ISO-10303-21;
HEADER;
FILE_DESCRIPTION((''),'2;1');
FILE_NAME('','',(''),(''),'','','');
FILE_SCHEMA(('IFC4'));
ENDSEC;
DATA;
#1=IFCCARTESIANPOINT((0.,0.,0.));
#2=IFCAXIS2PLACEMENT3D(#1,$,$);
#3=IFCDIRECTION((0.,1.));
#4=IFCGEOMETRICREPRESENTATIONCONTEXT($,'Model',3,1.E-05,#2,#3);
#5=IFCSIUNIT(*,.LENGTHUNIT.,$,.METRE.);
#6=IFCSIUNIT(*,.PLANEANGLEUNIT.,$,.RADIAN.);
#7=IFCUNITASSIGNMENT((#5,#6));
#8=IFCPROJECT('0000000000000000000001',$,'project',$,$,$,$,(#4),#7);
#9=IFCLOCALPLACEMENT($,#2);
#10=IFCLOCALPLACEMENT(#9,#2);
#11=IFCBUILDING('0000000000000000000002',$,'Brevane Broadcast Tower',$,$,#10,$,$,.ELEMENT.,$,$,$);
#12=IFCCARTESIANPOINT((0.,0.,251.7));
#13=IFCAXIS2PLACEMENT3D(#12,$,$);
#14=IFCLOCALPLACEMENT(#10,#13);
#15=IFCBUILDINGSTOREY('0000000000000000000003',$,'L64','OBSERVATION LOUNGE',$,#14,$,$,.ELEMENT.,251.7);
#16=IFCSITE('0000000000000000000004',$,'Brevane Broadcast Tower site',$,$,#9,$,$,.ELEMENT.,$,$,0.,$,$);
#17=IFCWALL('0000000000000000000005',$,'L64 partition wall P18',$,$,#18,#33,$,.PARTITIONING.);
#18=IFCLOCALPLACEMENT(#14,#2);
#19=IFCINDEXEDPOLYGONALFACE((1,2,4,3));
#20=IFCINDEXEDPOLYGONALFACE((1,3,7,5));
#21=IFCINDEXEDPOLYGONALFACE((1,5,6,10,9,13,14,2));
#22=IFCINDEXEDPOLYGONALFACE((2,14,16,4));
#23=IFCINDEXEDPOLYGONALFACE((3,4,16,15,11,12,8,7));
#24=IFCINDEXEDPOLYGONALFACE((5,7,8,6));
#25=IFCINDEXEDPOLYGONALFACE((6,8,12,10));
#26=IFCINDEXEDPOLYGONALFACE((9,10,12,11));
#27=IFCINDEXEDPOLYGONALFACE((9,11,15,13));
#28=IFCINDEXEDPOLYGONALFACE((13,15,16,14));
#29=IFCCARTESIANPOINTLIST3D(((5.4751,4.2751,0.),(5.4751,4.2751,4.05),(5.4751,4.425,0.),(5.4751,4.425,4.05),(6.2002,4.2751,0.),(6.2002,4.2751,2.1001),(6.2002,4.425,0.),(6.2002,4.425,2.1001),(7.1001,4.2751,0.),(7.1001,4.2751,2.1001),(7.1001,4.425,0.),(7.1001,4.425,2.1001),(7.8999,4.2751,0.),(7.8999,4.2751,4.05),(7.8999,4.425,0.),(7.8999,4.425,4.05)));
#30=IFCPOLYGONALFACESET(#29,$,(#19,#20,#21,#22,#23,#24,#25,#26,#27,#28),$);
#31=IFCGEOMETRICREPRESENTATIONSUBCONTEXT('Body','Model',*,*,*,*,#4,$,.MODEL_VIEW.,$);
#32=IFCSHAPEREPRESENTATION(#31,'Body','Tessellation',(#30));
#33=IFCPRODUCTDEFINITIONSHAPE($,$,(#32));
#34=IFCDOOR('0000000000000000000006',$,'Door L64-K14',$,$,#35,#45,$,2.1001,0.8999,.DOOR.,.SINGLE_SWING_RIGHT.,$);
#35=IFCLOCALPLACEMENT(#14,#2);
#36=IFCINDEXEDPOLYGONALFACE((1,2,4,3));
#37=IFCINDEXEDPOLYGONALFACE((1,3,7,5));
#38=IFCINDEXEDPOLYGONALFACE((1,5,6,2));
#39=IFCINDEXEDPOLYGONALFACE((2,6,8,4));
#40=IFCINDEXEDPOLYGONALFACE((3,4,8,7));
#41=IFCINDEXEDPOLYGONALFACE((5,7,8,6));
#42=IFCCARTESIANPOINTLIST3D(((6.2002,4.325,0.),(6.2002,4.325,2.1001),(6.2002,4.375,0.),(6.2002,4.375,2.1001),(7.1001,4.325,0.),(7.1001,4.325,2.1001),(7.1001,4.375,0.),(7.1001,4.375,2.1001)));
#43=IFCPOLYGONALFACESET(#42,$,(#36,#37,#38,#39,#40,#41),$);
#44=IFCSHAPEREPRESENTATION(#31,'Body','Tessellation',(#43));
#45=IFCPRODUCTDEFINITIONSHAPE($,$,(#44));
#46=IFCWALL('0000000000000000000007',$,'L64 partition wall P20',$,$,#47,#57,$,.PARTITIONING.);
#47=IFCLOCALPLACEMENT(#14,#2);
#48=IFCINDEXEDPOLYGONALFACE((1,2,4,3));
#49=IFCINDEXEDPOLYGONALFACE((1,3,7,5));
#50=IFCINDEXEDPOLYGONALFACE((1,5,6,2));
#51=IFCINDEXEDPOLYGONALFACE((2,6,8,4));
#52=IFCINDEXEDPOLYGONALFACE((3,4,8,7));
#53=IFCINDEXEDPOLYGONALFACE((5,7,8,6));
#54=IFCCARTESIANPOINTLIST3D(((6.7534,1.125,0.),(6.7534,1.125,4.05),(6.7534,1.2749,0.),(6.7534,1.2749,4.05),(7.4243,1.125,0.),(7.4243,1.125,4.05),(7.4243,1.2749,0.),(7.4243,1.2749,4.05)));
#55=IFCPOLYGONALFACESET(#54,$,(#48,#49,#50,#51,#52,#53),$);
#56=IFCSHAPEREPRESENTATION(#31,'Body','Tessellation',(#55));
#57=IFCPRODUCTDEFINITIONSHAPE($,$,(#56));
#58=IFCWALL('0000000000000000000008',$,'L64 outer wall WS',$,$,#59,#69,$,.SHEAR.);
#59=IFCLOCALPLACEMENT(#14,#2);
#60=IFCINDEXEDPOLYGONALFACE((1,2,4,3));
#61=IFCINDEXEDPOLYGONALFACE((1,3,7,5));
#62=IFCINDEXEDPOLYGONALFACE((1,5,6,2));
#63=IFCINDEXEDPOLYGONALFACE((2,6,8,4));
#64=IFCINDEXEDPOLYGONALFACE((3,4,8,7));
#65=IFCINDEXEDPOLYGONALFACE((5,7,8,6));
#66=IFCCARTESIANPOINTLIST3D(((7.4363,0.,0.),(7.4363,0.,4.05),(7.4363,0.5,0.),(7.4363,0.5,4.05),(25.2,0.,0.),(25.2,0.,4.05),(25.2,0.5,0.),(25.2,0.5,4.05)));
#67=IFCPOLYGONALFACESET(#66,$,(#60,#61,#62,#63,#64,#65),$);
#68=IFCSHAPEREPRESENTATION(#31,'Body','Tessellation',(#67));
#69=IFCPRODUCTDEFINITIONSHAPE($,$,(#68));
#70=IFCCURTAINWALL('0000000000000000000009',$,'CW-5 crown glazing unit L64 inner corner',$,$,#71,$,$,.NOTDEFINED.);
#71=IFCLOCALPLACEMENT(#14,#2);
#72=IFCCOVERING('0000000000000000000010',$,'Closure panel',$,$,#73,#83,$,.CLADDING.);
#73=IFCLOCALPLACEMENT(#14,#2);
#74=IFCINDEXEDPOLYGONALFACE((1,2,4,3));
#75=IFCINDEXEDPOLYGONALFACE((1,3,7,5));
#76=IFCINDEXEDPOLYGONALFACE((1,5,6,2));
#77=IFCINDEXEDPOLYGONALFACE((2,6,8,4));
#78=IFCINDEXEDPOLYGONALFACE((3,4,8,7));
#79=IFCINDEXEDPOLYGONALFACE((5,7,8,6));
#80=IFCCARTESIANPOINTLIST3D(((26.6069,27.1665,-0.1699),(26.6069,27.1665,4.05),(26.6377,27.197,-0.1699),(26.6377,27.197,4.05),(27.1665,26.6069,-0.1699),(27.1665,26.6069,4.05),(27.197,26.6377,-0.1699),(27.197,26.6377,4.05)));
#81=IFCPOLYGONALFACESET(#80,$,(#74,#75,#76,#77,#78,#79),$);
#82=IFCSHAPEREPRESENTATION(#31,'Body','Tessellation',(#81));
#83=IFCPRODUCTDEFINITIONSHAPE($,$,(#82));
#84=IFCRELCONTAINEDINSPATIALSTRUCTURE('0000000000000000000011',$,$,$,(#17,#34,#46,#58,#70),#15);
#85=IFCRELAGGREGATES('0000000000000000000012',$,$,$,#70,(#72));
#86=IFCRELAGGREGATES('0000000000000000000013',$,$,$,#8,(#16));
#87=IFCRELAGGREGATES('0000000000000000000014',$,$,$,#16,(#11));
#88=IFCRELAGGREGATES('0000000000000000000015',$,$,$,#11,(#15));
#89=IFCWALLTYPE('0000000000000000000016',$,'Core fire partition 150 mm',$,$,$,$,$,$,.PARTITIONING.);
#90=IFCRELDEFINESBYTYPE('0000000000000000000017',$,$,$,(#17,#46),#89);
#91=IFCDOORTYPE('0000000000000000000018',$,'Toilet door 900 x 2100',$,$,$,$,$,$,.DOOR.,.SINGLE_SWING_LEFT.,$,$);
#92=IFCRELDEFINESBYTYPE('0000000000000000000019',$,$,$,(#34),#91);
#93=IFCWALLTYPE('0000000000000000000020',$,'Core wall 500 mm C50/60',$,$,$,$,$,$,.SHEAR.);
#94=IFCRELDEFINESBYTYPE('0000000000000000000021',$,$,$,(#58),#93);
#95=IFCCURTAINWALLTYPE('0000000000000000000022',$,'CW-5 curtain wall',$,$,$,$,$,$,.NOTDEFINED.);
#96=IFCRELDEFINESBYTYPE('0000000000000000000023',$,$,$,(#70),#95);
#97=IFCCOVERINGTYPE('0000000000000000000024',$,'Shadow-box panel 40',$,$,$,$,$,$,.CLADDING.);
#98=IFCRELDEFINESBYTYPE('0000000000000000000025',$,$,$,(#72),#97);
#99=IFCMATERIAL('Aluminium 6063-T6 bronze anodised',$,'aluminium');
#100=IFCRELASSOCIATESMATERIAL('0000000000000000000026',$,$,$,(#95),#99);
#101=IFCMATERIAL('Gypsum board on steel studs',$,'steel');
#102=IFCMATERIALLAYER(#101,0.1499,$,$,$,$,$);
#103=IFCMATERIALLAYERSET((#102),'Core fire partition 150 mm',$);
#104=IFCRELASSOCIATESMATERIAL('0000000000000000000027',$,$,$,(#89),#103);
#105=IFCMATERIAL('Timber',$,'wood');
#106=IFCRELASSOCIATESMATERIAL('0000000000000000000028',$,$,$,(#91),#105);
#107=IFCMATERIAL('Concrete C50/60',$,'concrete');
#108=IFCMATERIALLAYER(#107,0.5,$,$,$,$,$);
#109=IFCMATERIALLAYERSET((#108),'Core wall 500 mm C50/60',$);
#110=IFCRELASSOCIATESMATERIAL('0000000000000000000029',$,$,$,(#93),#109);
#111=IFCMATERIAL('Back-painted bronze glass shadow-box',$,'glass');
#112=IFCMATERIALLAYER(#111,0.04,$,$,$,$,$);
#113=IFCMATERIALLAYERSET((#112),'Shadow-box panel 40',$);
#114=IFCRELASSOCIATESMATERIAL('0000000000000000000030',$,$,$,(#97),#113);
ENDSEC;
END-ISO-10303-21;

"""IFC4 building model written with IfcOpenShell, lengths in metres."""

from ifc_helpers import new_model, si_unit, direction, frame, frame_2d, origin, place, context, subcontext, project, spatial, polyline, rectangle, outline, extrude, material, layer, layer_set, type_object, element, fill, aggregate, save


model = new_model("IFC4")

# Units and contexts
model_context = context("Model", 3, precision=1e-05, world=origin(), true_north=direction((0.0, 1.0)))
body_context = subcontext(model_context, "Body", "Model", "MODEL_VIEW")
ifc_project = project(units=[si_unit("LENGTHUNIT", "METRE"), si_unit("PLANEANGLEUNIT", "RADIAN")], contexts=[model_context])

# Site, building, storey
site_placement = place(None, origin())
site = spatial("IfcSite", under=ifc_project, at=site_placement, Name="Brevane Broadcast Tower site", CompositionType="ELEMENT", RefElevation=0.0)
building_placement = place(site_placement, origin())
building = spatial("IfcBuilding", under=site, at=building_placement, Name="Brevane Broadcast Tower", CompositionType="ELEMENT")
storey_placement = place(building_placement, frame((0.0, 0.0, 251.7)))
storey = spatial("IfcBuildingStorey", under=building, at=storey_placement, Name="L64", Description="OBSERVATION LOUNGE", CompositionType="ELEMENT", Elevation=251.7)

# Shared definitions
ifc_material_1 = material(Name="Aluminium 6063-T6 bronze anodised", Category="aluminium")
curtain_wall_type = type_object("IfcCurtainWallType", Name="CW-5 curtain wall", PredefinedType="NOTDEFINED", material=ifc_material_1)

# Shared definitions
ifc_material_2 = material(Name="Concrete C50/60", Category="concrete")

# Shared definitions
ifc_material_3 = material(Name="Gypsum board on steel studs", Category="steel")
ifc_layer_1 = layer(ifc_material_3, 0.1499)
ifc_layer_set_1 = layer_set([ifc_layer_1], Name="Core fire partition 150 mm")
wall_type_1 = type_object("IfcWallType", Name="Core fire partition 150 mm", PredefinedType="PARTITIONING", material=ifc_layer_set_1)

# Wall, opening, door
wall_1_placement = place(storey_placement, frame((5.4751, 4.3501, 0.0), z_axis=(0.0, 0.0, 1.0), x_axis=(1.0, 0.0, 0.0)))
wall_1 = element("IfcWall", 1, at=wall_1_placement, inside=storey, type_object=wall_type_1, Name="L64 partition wall P18", PredefinedType="PARTITIONING", context=body_context, shape_type="SweptSolid", body=[
    extrude(rectangle(XDim=2.4248, YDim=0.1499, at=frame_2d((1.2124, 0.0))), origin(), (0.0, 0.0, 1.0), 4.05),
])
opening_placement = place(wall_1_placement, frame((0.7251, 0.0, 0.0)))
opening = element("IfcOpeningElement", 2, at=opening_placement, cuts=wall_1, PredefinedType="OPENING", context=body_context, shape_type="SweptSolid", body=[
    extrude(rectangle(XDim=0.8999, YDim=2.1001, at=frame_2d((0.45, 1.05))), frame((0.0, 0.085, 0.0), z_axis=(0.0, -1.0, 0.0), x_axis=(1.0, 0.0, 0.0)), (0.0, 0.0, 1.0), 0.1699),
])
ifc_material_4 = material(Name="Timber", Category="wood")
door_type = type_object("IfcDoorType", Name="Toilet door 900 x 2100", OperationType="SINGLE_SWING_LEFT", PredefinedType="DOOR", material=ifc_material_4)
door_placement = place(opening_placement, origin())
door = element("IfcDoor", 3, at=door_placement, inside=storey, type_object=door_type, Name="Door L64-K14", OperationType="SINGLE_SWING_RIGHT", OverallHeight=2.1001, OverallWidth=0.8999, PredefinedType="DOOR", context=body_context, shape_type="SweptSolid", body=[
    extrude(rectangle(XDim=0.8999, YDim=2.1001, at=frame_2d((0.45, 1.05))), frame((0.0, 0.0249, 0.0), z_axis=(0.0, -1.0, 0.0), x_axis=(1.0, 0.0, 0.0)), (0.0, 0.0, 1.0), 0.05),
])
fill(opening, door)

# Walls
wall_2_placement = place(storey_placement, frame((7.4243, 1.2, 0.0), z_axis=(0.0, 0.0, 1.0), x_axis=(-1.0, 0.0, 0.0)))
element("IfcWall", 4, at=wall_2_placement, inside=storey, type_object=wall_type_1, Name="L64 partition wall P20", PredefinedType="PARTITIONING", context=body_context, shape_type="SweptSolid", body=[
    extrude(rectangle(XDim=0.6709, YDim=0.1499, at=frame_2d((0.3354, 0.0))), origin(), (0.0, 0.0, 1.0), 4.05),
])
ifc_layer_2 = layer(ifc_material_2, 0.5)
ifc_layer_set_2 = layer_set([ifc_layer_2], Name="Core wall 500 mm C50/60")
wall_type_2 = type_object("IfcWallType", Name="Core wall 500 mm C50/60", PredefinedType="SHEAR", material=ifc_layer_set_2)
wall_3_placement = place(storey_placement, frame((7.4363, 0.25, 0.0), z_axis=(0.0, 0.0, 1.0), x_axis=(1.0, 0.0, 0.0)))
element("IfcWall", 5, at=wall_3_placement, inside=storey, type_object=wall_type_2, Name="L64 outer wall WS", PredefinedType="SHEAR", context=body_context, shape_type="SweptSolid", body=[
    extrude(rectangle(XDim=17.7637, YDim=0.5, at=frame_2d((8.8818, 0.0))), origin(), (0.0, 0.0, 1.0), 4.05),
])

# Curtain wall, covering
curtain_wall_1_placement = place(storey_placement, origin())
curtain_wall_1 = element("IfcCurtainWall", 6, at=curtain_wall_1_placement, inside=storey, type_object=curtain_wall_type, Name="CW-5 crown glazing unit L64 inner corner", PredefinedType="NOTDEFINED")
ifc_material_5 = material(Name="Back-painted bronze glass shadow-box", Category="glass")
ifc_layer_3 = layer(ifc_material_5, 0.04)
ifc_layer_set_3 = layer_set([ifc_layer_3], Name="Shadow-box panel 40")
covering_type = type_object("IfcCoveringType", Name="Shadow-box panel 40", PredefinedType="CLADDING", material=ifc_layer_set_3)
covering_placement = place(storey_placement, frame((0.0, 0.0, -0.1699)))
covering = element("IfcCovering", 7, at=covering_placement, type_object=covering_type, Name="Closure panel", PredefinedType="CLADDING", context=body_context, shape_type="SweptSolid", body=[
    extrude(outline(polyline([(27.1665, 26.6069), (27.197, 26.6377), (26.6377, 27.197), (26.6069, 27.1665), (27.1665, 26.6069)])), origin(), (0.0, 0.0, 1.0), 4.22),
])
aggregate(curtain_wall_1, [covering])

save(model, "model.ifc")
